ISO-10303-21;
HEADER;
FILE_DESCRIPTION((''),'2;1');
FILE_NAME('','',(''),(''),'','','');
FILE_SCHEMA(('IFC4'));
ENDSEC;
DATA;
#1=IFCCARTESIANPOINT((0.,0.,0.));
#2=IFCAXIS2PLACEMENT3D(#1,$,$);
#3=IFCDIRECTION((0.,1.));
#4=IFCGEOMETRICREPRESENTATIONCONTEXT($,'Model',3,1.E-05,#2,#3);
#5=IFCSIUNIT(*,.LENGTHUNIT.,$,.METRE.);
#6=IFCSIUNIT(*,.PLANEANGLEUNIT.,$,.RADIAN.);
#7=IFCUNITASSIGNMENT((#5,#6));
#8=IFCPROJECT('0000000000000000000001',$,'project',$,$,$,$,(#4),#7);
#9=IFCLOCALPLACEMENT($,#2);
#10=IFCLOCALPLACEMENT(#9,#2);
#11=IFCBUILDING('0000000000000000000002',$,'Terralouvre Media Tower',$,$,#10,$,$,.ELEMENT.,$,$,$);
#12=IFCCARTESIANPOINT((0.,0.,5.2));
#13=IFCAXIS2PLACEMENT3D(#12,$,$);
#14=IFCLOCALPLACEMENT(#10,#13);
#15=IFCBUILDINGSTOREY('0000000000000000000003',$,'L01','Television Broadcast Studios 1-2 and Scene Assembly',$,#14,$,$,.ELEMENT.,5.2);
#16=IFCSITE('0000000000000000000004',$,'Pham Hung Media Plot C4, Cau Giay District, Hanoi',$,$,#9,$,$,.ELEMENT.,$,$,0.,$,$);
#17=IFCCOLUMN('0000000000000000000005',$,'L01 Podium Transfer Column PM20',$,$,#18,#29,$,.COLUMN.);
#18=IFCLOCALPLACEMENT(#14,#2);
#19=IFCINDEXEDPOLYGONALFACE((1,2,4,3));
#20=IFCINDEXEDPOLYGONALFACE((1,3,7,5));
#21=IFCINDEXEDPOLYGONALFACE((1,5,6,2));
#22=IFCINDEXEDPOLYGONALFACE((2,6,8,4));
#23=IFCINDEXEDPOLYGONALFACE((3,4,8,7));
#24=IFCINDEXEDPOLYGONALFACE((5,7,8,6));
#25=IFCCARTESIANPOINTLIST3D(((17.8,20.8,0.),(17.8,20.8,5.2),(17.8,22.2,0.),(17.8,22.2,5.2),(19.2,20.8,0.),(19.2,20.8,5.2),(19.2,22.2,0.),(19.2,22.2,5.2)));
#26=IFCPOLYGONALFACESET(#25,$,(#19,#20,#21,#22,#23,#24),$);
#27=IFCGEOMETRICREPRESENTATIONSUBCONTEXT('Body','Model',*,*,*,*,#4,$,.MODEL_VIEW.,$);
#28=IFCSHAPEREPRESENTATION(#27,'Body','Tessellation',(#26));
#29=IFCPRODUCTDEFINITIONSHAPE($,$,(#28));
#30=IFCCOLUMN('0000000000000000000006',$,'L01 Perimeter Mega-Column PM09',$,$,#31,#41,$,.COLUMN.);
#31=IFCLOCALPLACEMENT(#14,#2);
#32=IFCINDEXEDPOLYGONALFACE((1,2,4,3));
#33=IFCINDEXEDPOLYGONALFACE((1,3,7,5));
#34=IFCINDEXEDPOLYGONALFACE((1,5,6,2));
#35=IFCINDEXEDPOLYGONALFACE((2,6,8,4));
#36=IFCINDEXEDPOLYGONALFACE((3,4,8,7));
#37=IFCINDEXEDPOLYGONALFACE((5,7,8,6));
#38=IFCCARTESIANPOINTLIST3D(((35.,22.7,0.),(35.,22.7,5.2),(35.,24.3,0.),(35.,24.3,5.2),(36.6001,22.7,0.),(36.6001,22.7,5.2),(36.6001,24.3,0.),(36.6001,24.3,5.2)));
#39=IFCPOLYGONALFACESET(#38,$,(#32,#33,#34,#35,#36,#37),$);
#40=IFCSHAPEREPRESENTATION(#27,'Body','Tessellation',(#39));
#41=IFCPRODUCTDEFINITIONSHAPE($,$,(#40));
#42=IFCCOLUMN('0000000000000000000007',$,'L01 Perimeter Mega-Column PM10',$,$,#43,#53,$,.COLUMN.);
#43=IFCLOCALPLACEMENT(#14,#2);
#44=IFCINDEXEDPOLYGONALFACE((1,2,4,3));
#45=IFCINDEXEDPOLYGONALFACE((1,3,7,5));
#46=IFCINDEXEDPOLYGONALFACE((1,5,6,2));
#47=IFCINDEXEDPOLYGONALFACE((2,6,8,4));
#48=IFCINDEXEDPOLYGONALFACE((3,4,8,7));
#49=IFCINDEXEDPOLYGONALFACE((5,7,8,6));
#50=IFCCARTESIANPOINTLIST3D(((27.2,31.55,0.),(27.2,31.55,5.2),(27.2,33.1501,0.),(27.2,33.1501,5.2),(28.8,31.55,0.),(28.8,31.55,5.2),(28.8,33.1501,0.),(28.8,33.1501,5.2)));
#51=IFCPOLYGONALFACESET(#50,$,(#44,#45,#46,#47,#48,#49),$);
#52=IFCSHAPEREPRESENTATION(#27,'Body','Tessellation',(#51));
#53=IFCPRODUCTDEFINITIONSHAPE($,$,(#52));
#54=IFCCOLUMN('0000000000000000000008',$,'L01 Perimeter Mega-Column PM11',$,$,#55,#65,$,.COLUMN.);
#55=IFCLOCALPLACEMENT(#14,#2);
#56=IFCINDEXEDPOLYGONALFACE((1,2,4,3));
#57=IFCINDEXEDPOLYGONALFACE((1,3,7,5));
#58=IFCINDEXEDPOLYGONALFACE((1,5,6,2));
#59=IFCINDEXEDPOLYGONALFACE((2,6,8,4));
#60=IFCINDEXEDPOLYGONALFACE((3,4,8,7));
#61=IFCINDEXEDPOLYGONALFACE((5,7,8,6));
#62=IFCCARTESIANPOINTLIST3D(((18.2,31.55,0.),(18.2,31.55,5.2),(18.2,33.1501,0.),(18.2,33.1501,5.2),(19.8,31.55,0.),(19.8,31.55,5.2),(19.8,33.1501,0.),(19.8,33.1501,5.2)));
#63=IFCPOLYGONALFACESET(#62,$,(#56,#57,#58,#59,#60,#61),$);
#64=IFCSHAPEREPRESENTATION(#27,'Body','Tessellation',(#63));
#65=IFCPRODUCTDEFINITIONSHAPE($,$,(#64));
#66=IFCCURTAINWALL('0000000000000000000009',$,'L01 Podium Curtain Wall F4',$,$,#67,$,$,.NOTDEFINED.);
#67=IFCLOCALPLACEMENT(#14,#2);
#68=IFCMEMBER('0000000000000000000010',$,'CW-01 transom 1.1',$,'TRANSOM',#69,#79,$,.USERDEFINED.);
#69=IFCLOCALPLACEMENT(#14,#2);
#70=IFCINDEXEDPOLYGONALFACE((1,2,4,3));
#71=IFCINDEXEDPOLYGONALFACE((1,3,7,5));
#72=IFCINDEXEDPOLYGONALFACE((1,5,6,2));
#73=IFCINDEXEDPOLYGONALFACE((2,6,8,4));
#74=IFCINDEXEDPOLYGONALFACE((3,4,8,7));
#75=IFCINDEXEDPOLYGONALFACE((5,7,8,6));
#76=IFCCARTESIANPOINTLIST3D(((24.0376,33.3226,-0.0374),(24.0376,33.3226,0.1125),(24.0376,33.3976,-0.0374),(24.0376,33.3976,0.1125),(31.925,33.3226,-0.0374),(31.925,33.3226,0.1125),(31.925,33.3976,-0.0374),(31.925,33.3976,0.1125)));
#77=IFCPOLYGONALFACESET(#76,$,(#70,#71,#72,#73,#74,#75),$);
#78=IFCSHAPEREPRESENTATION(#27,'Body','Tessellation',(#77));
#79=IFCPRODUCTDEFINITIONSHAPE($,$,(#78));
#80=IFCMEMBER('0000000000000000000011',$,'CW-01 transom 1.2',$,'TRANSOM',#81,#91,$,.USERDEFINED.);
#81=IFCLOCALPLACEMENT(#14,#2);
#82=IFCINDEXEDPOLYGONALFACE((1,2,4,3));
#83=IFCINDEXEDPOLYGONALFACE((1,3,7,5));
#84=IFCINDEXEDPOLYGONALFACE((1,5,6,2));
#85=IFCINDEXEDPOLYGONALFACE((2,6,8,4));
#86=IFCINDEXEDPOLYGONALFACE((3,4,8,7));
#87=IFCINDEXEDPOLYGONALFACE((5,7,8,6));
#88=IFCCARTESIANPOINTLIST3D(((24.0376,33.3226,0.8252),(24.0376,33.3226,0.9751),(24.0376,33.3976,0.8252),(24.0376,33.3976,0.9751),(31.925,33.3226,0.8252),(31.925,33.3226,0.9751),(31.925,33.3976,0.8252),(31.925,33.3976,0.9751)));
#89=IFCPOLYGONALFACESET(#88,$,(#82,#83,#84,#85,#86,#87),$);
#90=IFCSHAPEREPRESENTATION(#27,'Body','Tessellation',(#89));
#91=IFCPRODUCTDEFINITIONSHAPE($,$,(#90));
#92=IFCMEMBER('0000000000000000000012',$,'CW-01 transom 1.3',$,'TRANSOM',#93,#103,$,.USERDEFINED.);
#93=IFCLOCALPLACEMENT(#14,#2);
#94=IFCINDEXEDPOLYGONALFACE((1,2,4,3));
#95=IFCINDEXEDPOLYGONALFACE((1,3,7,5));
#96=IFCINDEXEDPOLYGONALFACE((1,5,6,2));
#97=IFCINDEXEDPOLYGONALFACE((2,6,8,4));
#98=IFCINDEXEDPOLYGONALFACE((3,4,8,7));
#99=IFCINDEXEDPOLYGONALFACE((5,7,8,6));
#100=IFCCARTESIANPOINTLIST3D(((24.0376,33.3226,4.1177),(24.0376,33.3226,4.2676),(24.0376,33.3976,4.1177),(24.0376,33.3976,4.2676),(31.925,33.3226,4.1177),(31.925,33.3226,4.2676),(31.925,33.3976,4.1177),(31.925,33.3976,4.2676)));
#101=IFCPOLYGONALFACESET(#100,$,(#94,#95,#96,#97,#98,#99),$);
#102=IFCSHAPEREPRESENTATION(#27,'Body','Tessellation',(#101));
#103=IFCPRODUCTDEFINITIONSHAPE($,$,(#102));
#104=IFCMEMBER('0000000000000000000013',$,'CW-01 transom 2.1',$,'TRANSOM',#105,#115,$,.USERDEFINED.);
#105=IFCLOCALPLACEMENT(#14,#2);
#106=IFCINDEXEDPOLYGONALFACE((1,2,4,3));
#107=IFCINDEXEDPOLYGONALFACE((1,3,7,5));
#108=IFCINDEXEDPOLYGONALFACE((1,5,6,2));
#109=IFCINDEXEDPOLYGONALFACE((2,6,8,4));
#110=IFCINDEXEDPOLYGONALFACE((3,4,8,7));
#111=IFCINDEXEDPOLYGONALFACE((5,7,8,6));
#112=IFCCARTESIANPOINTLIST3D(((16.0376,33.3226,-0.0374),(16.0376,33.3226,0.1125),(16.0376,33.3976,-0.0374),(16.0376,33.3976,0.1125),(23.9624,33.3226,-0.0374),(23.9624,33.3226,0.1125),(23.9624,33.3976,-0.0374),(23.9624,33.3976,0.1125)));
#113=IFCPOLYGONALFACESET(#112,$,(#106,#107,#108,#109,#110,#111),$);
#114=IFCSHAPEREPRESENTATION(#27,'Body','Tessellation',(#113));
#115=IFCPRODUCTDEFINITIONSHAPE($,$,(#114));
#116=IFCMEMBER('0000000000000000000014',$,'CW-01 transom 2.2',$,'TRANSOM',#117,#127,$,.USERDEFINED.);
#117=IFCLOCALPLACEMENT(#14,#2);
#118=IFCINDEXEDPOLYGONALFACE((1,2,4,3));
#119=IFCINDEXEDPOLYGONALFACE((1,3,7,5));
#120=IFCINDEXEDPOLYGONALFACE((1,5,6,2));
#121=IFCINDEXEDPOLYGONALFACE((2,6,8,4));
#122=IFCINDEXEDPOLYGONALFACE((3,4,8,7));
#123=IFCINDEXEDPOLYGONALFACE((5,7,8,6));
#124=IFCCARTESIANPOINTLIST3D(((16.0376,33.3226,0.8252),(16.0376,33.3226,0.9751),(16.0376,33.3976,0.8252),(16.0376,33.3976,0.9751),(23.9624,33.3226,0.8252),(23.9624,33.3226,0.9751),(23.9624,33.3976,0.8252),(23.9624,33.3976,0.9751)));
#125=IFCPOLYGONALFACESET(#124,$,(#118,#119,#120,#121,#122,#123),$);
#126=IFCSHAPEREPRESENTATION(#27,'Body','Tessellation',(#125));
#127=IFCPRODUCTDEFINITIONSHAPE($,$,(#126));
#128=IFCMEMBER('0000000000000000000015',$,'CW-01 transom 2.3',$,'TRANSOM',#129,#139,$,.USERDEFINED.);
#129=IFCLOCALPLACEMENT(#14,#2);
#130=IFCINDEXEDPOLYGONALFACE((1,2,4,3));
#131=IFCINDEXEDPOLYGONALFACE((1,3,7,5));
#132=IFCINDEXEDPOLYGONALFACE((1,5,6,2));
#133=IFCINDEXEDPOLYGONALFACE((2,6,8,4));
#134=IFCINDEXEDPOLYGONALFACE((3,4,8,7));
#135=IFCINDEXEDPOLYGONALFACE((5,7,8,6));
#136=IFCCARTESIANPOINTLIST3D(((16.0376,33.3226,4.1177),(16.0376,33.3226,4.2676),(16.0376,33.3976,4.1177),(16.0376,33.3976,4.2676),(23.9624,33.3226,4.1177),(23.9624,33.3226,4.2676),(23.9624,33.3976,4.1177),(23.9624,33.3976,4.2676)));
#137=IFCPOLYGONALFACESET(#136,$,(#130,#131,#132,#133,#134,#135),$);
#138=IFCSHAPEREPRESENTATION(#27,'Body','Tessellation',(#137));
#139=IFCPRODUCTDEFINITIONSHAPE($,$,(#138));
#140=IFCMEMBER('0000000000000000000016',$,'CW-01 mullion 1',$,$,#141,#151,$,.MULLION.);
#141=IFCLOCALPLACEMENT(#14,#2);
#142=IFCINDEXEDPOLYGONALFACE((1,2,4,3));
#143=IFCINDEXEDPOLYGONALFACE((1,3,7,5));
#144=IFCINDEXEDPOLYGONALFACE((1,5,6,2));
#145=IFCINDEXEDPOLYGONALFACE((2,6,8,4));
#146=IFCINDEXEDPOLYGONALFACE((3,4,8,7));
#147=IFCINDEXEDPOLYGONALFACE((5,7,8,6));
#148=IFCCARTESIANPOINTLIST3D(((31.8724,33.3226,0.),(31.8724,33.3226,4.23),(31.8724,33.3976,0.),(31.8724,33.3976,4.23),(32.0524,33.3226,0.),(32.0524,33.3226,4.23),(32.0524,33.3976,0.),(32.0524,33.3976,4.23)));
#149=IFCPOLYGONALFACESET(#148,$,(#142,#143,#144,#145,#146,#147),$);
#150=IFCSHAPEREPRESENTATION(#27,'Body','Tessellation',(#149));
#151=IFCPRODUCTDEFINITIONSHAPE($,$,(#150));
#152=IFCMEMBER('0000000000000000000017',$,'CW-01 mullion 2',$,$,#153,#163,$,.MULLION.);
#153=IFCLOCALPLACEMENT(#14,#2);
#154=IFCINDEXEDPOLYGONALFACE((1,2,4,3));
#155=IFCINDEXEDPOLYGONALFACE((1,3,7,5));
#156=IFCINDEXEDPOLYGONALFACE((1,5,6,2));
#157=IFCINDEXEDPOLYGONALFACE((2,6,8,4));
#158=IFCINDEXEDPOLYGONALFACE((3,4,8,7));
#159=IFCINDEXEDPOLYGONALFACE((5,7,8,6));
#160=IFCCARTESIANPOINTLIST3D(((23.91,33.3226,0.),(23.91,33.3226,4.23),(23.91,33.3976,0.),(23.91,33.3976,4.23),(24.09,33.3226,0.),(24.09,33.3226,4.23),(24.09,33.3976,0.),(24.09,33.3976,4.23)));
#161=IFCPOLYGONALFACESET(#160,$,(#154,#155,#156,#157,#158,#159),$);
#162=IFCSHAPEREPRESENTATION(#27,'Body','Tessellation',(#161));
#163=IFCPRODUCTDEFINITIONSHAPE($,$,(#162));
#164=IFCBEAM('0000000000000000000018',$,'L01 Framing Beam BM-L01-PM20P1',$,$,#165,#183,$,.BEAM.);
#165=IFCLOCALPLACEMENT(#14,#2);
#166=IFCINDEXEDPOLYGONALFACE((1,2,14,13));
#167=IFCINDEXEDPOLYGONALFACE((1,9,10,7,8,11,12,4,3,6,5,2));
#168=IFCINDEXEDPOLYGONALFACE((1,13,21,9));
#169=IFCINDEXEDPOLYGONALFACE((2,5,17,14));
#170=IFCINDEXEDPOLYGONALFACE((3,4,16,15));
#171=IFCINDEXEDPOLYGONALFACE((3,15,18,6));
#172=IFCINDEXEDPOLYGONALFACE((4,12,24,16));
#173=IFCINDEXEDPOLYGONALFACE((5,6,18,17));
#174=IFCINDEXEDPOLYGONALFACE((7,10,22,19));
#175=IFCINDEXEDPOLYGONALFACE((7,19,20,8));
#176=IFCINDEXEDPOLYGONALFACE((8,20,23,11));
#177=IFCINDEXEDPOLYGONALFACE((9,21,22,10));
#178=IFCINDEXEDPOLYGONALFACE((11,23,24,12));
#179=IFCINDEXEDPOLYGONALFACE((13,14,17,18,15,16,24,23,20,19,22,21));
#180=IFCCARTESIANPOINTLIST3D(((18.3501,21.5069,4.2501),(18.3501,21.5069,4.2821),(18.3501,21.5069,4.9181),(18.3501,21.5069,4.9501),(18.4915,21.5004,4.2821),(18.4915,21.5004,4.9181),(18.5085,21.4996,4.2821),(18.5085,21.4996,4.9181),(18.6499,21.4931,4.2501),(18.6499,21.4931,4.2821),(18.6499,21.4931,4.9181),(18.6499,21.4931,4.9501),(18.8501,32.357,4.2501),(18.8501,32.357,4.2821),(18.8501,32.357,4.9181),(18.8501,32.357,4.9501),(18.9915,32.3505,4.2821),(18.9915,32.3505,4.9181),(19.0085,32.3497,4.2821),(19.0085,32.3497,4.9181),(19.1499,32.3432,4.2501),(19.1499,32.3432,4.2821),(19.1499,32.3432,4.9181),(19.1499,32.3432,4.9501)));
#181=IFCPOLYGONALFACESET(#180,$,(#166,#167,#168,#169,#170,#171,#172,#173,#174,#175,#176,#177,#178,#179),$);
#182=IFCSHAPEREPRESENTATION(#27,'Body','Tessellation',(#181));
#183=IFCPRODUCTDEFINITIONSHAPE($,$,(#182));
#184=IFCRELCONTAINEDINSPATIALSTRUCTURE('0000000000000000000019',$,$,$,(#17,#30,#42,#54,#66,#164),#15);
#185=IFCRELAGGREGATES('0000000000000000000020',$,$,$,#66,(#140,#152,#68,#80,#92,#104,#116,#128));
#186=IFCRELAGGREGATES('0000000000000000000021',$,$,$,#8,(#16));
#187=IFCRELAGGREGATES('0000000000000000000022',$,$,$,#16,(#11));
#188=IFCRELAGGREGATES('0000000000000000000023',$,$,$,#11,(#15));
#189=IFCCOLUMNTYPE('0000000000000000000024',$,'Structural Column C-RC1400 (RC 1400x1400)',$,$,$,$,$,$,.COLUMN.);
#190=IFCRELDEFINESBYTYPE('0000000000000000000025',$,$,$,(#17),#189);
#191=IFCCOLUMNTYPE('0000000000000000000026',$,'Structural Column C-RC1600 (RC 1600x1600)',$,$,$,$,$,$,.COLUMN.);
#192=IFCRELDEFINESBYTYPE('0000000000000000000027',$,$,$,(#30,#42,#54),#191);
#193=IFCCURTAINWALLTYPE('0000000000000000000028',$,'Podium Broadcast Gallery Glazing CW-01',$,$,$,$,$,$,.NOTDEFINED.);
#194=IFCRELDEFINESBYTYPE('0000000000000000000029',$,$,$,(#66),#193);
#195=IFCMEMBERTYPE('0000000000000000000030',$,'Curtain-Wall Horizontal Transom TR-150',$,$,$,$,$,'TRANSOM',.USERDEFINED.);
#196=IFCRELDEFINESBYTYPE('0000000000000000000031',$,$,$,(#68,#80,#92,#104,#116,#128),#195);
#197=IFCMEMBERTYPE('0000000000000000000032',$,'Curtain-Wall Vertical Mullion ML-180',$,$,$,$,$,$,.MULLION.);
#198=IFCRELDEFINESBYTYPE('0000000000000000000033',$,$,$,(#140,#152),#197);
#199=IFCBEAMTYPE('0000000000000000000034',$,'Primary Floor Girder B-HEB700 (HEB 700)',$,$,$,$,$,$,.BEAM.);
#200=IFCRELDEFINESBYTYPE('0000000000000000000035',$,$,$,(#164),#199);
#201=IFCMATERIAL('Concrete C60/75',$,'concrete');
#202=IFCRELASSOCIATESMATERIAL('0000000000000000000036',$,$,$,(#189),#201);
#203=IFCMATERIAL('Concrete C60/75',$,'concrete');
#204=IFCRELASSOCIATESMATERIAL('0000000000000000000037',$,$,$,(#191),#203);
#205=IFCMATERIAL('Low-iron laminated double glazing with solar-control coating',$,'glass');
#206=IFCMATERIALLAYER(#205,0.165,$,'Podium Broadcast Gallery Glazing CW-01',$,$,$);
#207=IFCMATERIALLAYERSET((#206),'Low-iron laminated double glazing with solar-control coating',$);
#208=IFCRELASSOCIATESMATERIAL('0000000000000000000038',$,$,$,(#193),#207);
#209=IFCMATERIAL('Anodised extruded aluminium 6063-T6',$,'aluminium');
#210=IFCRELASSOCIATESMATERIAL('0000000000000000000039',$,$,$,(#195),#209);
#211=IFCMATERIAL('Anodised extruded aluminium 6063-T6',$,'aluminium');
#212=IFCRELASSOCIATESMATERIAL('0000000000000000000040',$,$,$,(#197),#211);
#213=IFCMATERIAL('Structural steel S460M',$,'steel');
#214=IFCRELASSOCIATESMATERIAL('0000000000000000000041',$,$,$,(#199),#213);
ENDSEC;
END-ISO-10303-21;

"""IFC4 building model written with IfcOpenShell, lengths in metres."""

from ifc_helpers import new_model, si_unit, direction, frame, origin, origin_2d, place, context, subcontext, project, spatial, rectangle, i_section, extrude, material, layer, layer_set, material_profile, profile_set, type_object, element, aggregate, save


model = new_model("IFC4")

# Units and contexts
model_context = context("Model", 3, precision=1e-05, world=origin(), true_north=direction((0.0, 1.0)))
body_context = subcontext(model_context, "Body", "Model", "MODEL_VIEW")
ifc_project = project(units=[si_unit("LENGTHUNIT", "METRE"), si_unit("PLANEANGLEUNIT", "RADIAN")], contexts=[model_context])

# Site, building, storey
site_placement = place(None, origin())
site = spatial("IfcSite", under=ifc_project, at=site_placement, Name="Pham Hung Media Plot C4, Cau Giay District, Hanoi", CompositionType="ELEMENT", RefElevation=0.0)
building_placement = place(site_placement, origin())
building = spatial("IfcBuilding", under=site, at=building_placement, Name="Terralouvre Media Tower", CompositionType="ELEMENT")
storey_placement = place(building_placement, frame((0.0, 0.0, 5.2)))
storey = spatial("IfcBuildingStorey", under=building, at=storey_placement, Name="L01", Description="Television Broadcast Studios 1-2 and Scene Assembly", CompositionType="ELEMENT", Elevation=5.2)

# Columns
ifc_material_1 = material(Name="Concrete C60/75", Category="concrete")
ifc_material_profile_1 = material_profile(ifc_material_1, rectangle(XDim=1.3999, YDim=1.3999, at=origin_2d()), Name="RC 1400x1400")
ifc_profile_set_1 = profile_set([ifc_material_profile_1], Name="Concrete C60/75")
column_type_1 = type_object("IfcColumnType", Name="Structural Column C-RC1400 (RC 1400x1400)", PredefinedType="COLUMN", material=ifc_profile_set_1)
column_placement = place(storey_placement, frame((18.5, 21.5, 0.0), z_axis=(0.0, 0.0, 1.0), x_axis=(1.0, 0.0, 0.0)))
element("IfcColumn", 1, at=column_placement, inside=storey, type_object=column_type_1, Name="L01 Podium Transfer Column PM20", PredefinedType="COLUMN", context=body_context, shape_type="SweptSolid", body=[
    extrude(rectangle(XDim=1.3999, YDim=1.3999, at=origin_2d()), origin(), (0.0, 0.0, 1.0), 5.2),
])
ifc_material_2 = material(Name="Concrete C60/75", Category="concrete")
ifc_material_profile_2 = material_profile(ifc_material_2, rectangle(XDim=1.6001, YDim=1.6001, at=origin_2d()), Name="RC 1600x1600")
ifc_profile_set_2 = profile_set([ifc_material_profile_2], Name="Concrete C60/75")
column_type_2 = type_object("IfcColumnType", Name="Structural Column C-RC1600 (RC 1600x1600)", PredefinedType="COLUMN", material=ifc_profile_set_2)
for number, where, z_axis, x_axis, name in (
    (2, (35.8, 23.5, 0.0), (0.0, 0.0, 1.0), (1.0, 0.0, 0.0), "L01 Perimeter Mega-Column PM09"),
    (3, (28.0, 32.3501, 0.0), (0.0, 0.0, 1.0), (1.0, 0.0, 0.0), "L01 Perimeter Mega-Column PM10"),
    (4, (19.0, 32.3501, 0.0), (0.0, 0.0, 1.0), (1.0, 0.0, 0.0), "L01 Perimeter Mega-Column PM11"),
):
    element("IfcColumn", number, at=place(storey_placement, frame(where, z_axis=z_axis, x_axis=x_axis)), inside=storey, type_object=column_type_2, Name=name, PredefinedType="COLUMN", context=body_context, shape_type="SweptSolid", body=[
        extrude(rectangle(XDim=1.6001, YDim=1.6001, at=origin_2d()), origin(), (0.0, 0.0, 1.0), 5.2),
    ])

# Curtain wall, members
ifc_material_3 = material(Name="Low-iron laminated double glazing with solar-control coating", Category="glass")
ifc_layer_1 = layer(ifc_material_3, 0.165, Name="Podium Broadcast Gallery Glazing CW-01")
ifc_layer_set_1 = layer_set([ifc_layer_1], Name="Low-iron laminated double glazing with solar-control coating")
curtain_wall_type = type_object("IfcCurtainWallType", Name="Podium Broadcast Gallery Glazing CW-01", PredefinedType="NOTDEFINED", material=ifc_layer_set_1)
curtain_wall_placement = place(storey_placement, origin())
curtain_wall = element("IfcCurtainWall", 5, at=curtain_wall_placement, inside=storey, type_object=curtain_wall_type, Name="L01 Podium Curtain Wall F4", PredefinedType="NOTDEFINED")
ifc_material_4 = material(Name="Anodised extruded aluminium 6063-T6", Category="aluminium")
ifc_material_profile_3 = material_profile(ifc_material_4, rectangle(XDim=0.075, YDim=0.1499, at=origin_2d()), Name="ALU 75x150")
ifc_profile_set_3 = profile_set([ifc_material_profile_3], Name="Anodised extruded aluminium 6063-T6")
member_type_1 = type_object("IfcMemberType", Name="Curtain-Wall Horizontal Transom TR-150", ElementType="TRANSOM", PredefinedType="USERDEFINED", material=ifc_profile_set_3)
member_1_placement = place(storey_placement, frame((31.925, 33.3601, 0.0376), z_axis=(-1.0, 0.0, 0.0), x_axis=(0.0, -1.0, 0.0)))
member_1 = element("IfcMember", 6, at=member_1_placement, type_object=member_type_1, Name="CW-01 transom 1.1", ObjectType="TRANSOM", PredefinedType="USERDEFINED", context=body_context, shape_type="SweptSolid", body=[
    extrude(rectangle(XDim=0.075, YDim=0.1499, at=origin_2d()), origin(), (0.0, 0.0, 1.0), 7.8875),
])
member_2_placement = place(storey_placement, frame((31.925, 33.3601, 0.9001), z_axis=(-1.0, 0.0, 0.0), x_axis=(0.0, -1.0, 0.0)))
member_2 = element("IfcMember", 7, at=member_2_placement, type_object=member_type_1, Name="CW-01 transom 1.2", ObjectType="TRANSOM", PredefinedType="USERDEFINED", context=body_context, shape_type="SweptSolid", body=[
    extrude(rectangle(XDim=0.075, YDim=0.1499, at=origin_2d()), origin(), (0.0, 0.0, 1.0), 7.8875),
])
member_3_placement = place(storey_placement, frame((31.925, 33.3601, 4.1926), z_axis=(-1.0, 0.0, 0.0), x_axis=(0.0, -1.0, 0.0)))
member_3 = element("IfcMember", 8, at=member_3_placement, type_object=member_type_1, Name="CW-01 transom 1.3", ObjectType="TRANSOM", PredefinedType="USERDEFINED", context=body_context, shape_type="SweptSolid", body=[
    extrude(rectangle(XDim=0.075, YDim=0.1499, at=origin_2d()), origin(), (0.0, 0.0, 1.0), 7.8875),
])
member_4_placement = place(storey_placement, frame((23.9624, 33.3601, 0.0376), z_axis=(-1.0, 0.0, 0.0), x_axis=(0.0, -1.0, 0.0)))
member_4 = element("IfcMember", 9, at=member_4_placement, type_object=member_type_1, Name="CW-01 transom 2.1", ObjectType="TRANSOM", PredefinedType="USERDEFINED", context=body_context, shape_type="SweptSolid", body=[
    extrude(rectangle(XDim=0.075, YDim=0.1499, at=origin_2d()), origin(), (0.0, 0.0, 1.0), 7.9248),
])
member_5_placement = place(storey_placement, frame((23.9624, 33.3601, 0.9001), z_axis=(-1.0, 0.0, 0.0), x_axis=(0.0, -1.0, 0.0)))
member_5 = element("IfcMember", 10, at=member_5_placement, type_object=member_type_1, Name="CW-01 transom 2.2", ObjectType="TRANSOM", PredefinedType="USERDEFINED", context=body_context, shape_type="SweptSolid", body=[
    extrude(rectangle(XDim=0.075, YDim=0.1499, at=origin_2d()), origin(), (0.0, 0.0, 1.0), 7.9248),
])
member_6_placement = place(storey_placement, frame((23.9624, 33.3601, 4.1926), z_axis=(-1.0, 0.0, 0.0), x_axis=(0.0, -1.0, 0.0)))
member_6 = element("IfcMember", 11, at=member_6_placement, type_object=member_type_1, Name="CW-01 transom 2.3", ObjectType="TRANSOM", PredefinedType="USERDEFINED", context=body_context, shape_type="SweptSolid", body=[
    extrude(rectangle(XDim=0.075, YDim=0.1499, at=origin_2d()), origin(), (0.0, 0.0, 1.0), 7.9248),
])
ifc_material_5 = material(Name="Anodised extruded aluminium 6063-T6", Category="aluminium")
ifc_material_profile_4 = material_profile(ifc_material_5, rectangle(XDim=0.075, YDim=0.1799, at=origin_2d()), Name="ALU 75x180")
ifc_profile_set_4 = profile_set([ifc_material_profile_4], Name="Anodised extruded aluminium 6063-T6")
member_type_2 = type_object("IfcMemberType", Name="Curtain-Wall Vertical Mullion ML-180", PredefinedType="MULLION", material=ifc_profile_set_4)
member_7_placement = place(storey_placement, frame((31.9624, 33.3601, 0.0), z_axis=(0.0, 0.0, 1.0), x_axis=(0.0, -1.0, 0.0)))
member_7 = element("IfcMember", 12, at=member_7_placement, type_object=member_type_2, Name="CW-01 mullion 1", PredefinedType="MULLION", context=body_context, shape_type="SweptSolid", body=[
    extrude(rectangle(XDim=0.075, YDim=0.1799, at=origin_2d()), origin(), (0.0, 0.0, 1.0), 4.23),
])
member_8_placement = place(storey_placement, frame((24.0, 33.3601, 0.0), z_axis=(0.0, 0.0, 1.0), x_axis=(0.0, -1.0, 0.0)))
member_8 = element("IfcMember", 13, at=member_8_placement, type_object=member_type_2, Name="CW-01 mullion 2", PredefinedType="MULLION", context=body_context, shape_type="SweptSolid", body=[
    extrude(rectangle(XDim=0.075, YDim=0.1799, at=origin_2d()), origin(), (0.0, 0.0, 1.0), 4.23),
])

# Beam
ifc_material_6 = material(Name="Structural steel S460M", Category="steel")
ifc_material_profile_5 = material_profile(ifc_material_6, i_section(OverallWidth=0.3, OverallDepth=0.7, WebThickness=0.0171, FlangeThickness=0.032, at=origin_2d()), Name="HEB 700")
ifc_profile_set_5 = profile_set([ifc_material_profile_5], Name="Structural steel S460M")
beam_type_1 = type_object("IfcBeamType", Name="Primary Floor Girder B-HEB700 (HEB 700)", PredefinedType="BEAM", material=ifc_profile_set_5)
beam_1_placement = place(storey_placement, frame((18.5, 21.5, 4.6001), z_axis=(0.046034, 0.99894, 0.0), x_axis=(-0.99894, 0.046034, 0.0)))
element("IfcBeam", 14, at=beam_1_placement, inside=storey, type_object=beam_type_1, Name="L01 Framing Beam BM-L01-PM20P1", PredefinedType="BEAM", context=body_context, shape_type="SweptSolid", body=[
    extrude(i_section(OverallWidth=0.3, OverallDepth=0.7, WebThickness=0.0171, FlangeThickness=0.032, at=origin_2d()), origin(), (0.0, 0.0, 1.0), 10.8616),
])

aggregate(curtain_wall, [member_7, member_8, member_1, member_2, member_3, member_4, member_5, member_6])

save(model, "model.ifc")
